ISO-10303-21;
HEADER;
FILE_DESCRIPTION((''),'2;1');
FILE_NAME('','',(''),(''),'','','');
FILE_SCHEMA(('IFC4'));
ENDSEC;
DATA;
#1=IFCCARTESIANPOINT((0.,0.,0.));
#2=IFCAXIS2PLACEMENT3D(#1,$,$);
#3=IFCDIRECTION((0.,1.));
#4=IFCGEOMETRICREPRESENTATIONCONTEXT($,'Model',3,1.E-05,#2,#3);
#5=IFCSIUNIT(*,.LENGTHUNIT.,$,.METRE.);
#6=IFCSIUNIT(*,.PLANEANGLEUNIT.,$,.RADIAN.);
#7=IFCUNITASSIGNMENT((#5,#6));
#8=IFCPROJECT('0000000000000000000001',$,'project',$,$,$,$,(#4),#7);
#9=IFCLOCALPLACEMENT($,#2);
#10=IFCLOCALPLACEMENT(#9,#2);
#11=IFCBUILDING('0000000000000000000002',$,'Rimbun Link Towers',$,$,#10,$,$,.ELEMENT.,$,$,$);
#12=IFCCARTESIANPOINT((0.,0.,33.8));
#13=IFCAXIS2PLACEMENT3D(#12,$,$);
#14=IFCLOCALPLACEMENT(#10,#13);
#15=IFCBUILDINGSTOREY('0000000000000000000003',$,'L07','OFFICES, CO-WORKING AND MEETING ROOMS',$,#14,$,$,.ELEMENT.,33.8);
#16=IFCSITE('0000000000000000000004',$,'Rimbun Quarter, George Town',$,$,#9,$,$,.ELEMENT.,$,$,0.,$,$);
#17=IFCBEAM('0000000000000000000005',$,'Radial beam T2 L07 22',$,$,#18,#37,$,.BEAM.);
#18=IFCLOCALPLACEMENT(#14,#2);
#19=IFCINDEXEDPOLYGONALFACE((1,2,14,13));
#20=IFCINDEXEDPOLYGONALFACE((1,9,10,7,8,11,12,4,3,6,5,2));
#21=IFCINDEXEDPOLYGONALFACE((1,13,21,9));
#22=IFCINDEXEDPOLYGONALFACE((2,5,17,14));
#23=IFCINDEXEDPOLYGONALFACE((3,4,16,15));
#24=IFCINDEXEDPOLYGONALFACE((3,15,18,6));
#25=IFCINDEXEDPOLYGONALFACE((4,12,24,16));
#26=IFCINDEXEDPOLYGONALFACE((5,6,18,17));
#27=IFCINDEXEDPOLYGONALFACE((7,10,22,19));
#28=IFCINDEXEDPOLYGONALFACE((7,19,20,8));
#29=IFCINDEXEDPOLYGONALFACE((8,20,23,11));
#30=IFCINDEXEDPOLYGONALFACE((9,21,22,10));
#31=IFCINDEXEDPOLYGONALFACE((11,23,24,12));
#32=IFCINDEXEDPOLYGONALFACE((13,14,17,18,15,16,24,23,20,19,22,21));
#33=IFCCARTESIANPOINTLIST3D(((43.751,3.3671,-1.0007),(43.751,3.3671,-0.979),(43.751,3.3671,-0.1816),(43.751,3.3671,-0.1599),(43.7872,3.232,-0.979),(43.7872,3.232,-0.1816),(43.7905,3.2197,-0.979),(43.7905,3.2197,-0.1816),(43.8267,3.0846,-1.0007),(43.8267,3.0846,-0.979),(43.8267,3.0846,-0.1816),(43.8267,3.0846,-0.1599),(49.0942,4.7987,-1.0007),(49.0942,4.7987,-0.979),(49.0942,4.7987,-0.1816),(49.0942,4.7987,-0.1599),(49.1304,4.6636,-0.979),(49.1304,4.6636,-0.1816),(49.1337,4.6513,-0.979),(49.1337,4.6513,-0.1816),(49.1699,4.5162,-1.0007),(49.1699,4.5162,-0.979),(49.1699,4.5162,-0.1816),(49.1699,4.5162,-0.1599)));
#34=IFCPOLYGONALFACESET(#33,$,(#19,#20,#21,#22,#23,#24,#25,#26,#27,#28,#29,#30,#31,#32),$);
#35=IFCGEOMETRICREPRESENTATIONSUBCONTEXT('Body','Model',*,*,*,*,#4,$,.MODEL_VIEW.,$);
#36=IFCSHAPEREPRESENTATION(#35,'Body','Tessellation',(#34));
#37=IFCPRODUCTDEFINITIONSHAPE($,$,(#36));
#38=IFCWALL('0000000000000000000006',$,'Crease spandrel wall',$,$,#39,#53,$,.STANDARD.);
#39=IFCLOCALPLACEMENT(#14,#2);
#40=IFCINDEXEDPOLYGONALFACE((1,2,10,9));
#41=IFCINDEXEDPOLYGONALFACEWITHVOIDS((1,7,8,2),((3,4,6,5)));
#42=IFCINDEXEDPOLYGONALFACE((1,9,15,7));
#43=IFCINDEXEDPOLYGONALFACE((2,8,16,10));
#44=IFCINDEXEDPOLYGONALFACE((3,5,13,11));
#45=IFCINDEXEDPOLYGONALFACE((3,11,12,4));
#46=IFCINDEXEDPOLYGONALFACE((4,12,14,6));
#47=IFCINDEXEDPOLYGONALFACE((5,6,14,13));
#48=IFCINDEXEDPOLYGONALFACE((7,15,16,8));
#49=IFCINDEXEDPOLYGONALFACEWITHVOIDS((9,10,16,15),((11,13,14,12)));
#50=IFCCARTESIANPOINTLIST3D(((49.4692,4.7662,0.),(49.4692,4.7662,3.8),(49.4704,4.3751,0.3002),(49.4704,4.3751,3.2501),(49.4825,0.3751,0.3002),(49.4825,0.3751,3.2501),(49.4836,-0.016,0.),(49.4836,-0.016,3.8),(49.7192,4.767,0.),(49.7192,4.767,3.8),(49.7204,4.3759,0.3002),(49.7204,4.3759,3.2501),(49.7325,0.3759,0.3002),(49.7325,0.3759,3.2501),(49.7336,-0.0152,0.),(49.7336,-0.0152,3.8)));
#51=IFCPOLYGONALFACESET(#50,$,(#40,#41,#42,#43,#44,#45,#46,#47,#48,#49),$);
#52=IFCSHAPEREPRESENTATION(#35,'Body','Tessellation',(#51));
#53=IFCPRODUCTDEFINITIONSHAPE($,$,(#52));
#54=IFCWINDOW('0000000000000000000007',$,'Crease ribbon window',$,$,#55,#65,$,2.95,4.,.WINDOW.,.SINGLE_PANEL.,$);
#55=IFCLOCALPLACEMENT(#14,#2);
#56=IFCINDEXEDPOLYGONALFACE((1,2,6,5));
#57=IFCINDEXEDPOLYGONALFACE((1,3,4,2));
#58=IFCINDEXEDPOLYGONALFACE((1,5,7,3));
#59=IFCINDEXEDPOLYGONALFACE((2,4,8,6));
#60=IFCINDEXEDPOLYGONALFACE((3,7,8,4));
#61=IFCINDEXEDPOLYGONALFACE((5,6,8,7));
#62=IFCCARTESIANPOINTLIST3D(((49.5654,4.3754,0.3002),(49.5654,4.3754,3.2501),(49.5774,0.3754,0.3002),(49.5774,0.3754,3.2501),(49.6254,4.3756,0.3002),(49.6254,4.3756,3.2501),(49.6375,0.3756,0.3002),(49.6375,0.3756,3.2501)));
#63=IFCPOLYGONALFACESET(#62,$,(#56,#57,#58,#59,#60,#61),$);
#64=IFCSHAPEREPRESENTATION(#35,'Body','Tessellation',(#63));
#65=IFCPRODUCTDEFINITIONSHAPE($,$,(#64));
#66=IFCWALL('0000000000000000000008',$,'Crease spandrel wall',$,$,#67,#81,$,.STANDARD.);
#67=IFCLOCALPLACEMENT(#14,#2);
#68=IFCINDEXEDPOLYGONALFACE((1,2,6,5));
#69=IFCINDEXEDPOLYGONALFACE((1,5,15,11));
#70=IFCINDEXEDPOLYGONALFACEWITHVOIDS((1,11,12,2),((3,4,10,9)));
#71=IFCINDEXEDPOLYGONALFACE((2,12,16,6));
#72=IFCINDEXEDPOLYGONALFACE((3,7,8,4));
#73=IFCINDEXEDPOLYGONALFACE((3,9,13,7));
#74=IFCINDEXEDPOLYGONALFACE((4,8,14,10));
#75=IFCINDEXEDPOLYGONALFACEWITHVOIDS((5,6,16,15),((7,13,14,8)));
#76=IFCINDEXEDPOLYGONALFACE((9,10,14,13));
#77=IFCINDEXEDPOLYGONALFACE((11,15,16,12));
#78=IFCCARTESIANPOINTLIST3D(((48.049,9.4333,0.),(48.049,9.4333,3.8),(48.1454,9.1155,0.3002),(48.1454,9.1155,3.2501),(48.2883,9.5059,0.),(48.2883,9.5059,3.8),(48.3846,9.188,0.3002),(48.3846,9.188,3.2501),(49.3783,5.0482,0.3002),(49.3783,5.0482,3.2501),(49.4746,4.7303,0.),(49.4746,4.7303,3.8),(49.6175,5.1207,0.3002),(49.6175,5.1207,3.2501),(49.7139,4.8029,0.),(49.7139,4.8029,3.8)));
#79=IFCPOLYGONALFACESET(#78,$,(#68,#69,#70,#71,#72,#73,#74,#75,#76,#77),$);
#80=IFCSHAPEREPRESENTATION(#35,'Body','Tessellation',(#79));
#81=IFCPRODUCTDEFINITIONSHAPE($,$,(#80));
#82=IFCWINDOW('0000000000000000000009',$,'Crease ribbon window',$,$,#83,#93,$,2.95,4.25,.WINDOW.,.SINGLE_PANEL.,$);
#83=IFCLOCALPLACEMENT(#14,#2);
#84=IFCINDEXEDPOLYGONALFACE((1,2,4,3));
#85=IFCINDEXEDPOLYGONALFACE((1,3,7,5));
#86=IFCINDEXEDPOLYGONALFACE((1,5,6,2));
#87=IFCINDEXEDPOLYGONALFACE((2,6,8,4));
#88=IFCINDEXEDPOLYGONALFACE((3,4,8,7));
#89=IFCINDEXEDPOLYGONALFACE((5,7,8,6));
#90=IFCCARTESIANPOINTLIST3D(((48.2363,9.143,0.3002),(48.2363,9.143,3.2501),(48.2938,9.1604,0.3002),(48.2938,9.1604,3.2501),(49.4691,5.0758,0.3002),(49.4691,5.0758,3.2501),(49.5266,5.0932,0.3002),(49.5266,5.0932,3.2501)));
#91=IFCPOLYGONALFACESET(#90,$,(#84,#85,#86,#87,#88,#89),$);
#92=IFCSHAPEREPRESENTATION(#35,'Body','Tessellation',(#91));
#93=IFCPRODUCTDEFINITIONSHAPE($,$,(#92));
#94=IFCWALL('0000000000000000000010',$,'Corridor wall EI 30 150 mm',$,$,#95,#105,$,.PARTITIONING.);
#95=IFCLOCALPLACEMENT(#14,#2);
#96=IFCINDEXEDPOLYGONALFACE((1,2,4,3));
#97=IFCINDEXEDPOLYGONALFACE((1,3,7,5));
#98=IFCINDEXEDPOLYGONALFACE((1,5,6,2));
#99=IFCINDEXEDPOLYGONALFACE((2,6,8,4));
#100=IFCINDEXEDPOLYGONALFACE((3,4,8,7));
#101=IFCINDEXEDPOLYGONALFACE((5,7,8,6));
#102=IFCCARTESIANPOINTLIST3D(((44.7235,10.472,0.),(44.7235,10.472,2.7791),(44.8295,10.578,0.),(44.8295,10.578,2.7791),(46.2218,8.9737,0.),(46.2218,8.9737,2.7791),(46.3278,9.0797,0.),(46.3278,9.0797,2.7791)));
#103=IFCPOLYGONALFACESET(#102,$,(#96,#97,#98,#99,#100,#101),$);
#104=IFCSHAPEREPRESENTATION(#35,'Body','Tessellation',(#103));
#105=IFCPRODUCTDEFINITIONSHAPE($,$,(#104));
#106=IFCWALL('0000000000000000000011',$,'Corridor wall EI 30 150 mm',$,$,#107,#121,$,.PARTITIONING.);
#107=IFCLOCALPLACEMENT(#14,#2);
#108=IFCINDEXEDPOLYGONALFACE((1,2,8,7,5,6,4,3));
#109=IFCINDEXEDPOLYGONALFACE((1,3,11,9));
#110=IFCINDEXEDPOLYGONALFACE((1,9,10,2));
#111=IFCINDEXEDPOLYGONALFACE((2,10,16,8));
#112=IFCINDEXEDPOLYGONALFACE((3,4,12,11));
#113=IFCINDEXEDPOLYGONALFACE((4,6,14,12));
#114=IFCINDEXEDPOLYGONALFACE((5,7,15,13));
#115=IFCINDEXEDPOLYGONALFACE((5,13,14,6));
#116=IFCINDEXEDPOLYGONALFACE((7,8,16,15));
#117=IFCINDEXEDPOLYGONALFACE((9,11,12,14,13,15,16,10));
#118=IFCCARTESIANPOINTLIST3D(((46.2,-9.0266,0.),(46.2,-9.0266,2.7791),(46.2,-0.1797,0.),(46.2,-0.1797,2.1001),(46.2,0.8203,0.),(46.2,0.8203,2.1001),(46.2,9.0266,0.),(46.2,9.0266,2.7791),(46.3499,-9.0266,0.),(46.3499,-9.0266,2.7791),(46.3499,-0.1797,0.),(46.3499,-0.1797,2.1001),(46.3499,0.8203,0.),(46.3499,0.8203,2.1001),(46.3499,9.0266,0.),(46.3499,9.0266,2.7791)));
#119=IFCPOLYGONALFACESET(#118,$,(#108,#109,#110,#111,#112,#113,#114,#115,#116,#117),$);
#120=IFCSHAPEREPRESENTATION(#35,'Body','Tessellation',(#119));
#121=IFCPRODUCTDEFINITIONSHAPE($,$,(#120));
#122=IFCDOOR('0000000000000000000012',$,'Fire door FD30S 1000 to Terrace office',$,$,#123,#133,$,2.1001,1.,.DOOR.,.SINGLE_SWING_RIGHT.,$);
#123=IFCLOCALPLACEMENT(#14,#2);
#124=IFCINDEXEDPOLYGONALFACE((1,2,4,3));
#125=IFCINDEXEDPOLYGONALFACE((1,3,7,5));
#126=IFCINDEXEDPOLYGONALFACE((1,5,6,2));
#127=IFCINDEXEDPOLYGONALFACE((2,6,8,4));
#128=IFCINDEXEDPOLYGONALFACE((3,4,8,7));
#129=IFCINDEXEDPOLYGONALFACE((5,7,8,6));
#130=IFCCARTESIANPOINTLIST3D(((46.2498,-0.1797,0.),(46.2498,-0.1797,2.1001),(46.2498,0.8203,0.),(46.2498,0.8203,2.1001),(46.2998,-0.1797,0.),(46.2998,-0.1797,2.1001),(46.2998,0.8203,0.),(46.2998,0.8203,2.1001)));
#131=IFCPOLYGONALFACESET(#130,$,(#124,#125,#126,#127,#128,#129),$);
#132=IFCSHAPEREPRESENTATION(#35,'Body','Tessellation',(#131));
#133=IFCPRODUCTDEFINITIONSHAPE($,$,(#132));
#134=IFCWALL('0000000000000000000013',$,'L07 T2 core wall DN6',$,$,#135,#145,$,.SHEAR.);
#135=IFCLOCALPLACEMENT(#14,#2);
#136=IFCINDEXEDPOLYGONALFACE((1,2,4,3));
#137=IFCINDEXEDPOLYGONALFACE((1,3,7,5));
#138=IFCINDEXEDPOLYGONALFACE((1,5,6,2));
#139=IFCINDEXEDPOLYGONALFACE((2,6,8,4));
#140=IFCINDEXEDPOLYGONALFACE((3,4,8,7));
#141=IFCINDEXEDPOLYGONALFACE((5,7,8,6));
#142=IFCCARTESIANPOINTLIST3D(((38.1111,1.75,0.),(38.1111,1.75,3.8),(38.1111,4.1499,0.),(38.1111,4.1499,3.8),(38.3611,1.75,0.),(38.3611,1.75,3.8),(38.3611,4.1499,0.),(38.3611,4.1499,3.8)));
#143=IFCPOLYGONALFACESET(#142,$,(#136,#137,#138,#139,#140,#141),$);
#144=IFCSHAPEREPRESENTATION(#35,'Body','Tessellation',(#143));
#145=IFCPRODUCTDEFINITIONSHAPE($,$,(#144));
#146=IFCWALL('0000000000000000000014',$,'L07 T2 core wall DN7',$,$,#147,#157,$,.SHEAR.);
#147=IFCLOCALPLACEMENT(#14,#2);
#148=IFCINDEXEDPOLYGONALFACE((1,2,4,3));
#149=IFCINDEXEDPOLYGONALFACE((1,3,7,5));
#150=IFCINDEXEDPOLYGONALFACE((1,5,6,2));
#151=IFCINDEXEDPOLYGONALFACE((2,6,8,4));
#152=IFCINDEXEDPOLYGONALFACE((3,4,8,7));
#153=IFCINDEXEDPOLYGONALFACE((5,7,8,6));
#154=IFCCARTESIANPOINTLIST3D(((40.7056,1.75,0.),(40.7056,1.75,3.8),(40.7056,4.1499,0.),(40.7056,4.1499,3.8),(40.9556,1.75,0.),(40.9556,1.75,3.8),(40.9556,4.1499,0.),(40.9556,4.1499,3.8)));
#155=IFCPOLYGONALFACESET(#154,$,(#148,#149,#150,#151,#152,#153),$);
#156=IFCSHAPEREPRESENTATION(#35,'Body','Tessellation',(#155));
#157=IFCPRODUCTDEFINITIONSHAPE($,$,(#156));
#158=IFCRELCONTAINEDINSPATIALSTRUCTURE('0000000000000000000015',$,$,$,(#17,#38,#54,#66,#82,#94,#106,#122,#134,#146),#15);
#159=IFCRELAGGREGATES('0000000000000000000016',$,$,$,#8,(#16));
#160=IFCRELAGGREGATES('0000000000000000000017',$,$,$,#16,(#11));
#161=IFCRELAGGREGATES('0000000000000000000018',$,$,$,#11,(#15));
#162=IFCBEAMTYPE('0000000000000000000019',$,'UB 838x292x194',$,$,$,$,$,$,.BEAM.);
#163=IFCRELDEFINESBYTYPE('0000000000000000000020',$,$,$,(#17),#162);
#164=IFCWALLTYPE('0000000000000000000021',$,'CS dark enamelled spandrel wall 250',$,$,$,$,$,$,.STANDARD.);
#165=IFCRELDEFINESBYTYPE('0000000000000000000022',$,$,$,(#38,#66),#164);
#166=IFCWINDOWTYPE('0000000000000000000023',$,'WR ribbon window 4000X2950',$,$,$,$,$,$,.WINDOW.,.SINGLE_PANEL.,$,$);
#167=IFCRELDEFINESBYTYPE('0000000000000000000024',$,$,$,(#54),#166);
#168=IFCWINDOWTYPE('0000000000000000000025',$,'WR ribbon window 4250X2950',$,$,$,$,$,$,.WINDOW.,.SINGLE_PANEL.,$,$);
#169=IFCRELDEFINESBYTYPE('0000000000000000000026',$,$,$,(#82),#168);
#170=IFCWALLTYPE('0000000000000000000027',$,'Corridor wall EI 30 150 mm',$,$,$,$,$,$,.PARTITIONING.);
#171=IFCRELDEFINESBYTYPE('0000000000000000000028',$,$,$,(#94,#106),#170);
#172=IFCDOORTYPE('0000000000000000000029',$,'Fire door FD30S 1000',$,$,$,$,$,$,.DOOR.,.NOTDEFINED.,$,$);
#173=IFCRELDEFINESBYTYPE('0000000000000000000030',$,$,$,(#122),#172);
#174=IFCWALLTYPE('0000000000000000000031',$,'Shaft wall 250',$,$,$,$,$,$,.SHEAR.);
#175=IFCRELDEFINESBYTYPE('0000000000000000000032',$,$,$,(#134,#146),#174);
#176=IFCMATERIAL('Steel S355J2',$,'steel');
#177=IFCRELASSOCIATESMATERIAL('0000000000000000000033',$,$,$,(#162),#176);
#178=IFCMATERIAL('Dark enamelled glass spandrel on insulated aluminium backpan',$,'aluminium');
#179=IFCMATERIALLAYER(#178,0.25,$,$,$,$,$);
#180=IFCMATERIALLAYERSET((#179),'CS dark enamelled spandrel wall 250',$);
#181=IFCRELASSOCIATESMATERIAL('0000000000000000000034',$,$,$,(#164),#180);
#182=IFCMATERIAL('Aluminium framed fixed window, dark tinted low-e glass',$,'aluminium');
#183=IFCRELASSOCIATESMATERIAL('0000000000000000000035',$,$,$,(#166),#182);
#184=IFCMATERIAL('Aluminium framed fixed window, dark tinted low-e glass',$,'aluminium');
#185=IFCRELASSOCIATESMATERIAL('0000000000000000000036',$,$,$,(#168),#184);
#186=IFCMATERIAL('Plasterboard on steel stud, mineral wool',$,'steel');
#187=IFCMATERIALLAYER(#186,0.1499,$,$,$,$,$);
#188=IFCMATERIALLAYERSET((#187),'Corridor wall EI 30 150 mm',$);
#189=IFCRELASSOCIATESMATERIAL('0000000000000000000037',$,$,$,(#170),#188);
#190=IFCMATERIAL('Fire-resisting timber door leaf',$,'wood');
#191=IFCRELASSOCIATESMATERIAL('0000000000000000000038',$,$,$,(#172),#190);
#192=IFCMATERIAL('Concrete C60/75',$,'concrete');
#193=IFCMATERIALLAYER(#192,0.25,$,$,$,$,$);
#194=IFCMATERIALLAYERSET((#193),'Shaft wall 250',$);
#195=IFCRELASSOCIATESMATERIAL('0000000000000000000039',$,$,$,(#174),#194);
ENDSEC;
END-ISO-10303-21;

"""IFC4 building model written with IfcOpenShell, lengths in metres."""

from ifc_helpers import new_model, si_unit, direction, frame, frame_2d, origin, origin_2d, place, context, subcontext, project, spatial, rectangle, i_section, extrude, material, layer, layer_set, material_profile, profile_set, type_object, element, fill, save


model = new_model("IFC4")

# Units and contexts
model_context = context("Model", 3, precision=1e-05, world=origin(), true_north=direction((0.0, 1.0)))
body_context = subcontext(model_context, "Body", "Model", "MODEL_VIEW")
ifc_project = project(units=[si_unit("LENGTHUNIT", "METRE"), si_unit("PLANEANGLEUNIT", "RADIAN")], contexts=[model_context])

# Site, building, storey
site_placement = place(None, origin())
site = spatial("IfcSite", under=ifc_project, at=site_placement, Name="Rimbun Quarter, George Town", CompositionType="ELEMENT", RefElevation=0.0)
building_placement = place(site_placement, origin())
building = spatial("IfcBuilding", under=site, at=building_placement, Name="Rimbun Link Towers", CompositionType="ELEMENT")
storey_placement = place(building_placement, frame((0.0, 0.0, 33.8)))
storey = spatial("IfcBuildingStorey", under=building, at=storey_placement, Name="L07", Description="OFFICES, CO-WORKING AND MEETING ROOMS", CompositionType="ELEMENT", Elevation=33.8)

# Beam
ifc_material_1 = material(Name="Steel S355J2", Category="steel")
ifc_material_profile_1 = material_profile(ifc_material_1, i_section(OverallWidth=0.2925, OverallDepth=0.8408, WebThickness=0.0127, FlangeThickness=0.0217, at=origin_2d()), Name="UB 838x292x194")
ifc_profile_set_1 = profile_set([ifc_material_profile_1], Name="Steel S355J2")
beam_type_1 = type_object("IfcBeamType", Name="UB 838x292x194", PredefinedType="BEAM", material=ifc_profile_set_1)
beam_1_placement = place(storey_placement, frame((43.7888, 3.2258, -0.5803), z_axis=(0.96593, 0.258805, 0.0), x_axis=(-0.258805, 0.96593, 0.0)))
element("IfcBeam", 1, at=beam_1_placement, inside=storey, type_object=beam_type_1, Name="Radial beam T2 L07 22", PredefinedType="BEAM", context=body_context, shape_type="SweptSolid", body=[
    extrude(i_section(OverallWidth=0.2925, OverallDepth=0.8408, WebThickness=0.0127, FlangeThickness=0.0217, at=origin_2d()), origin(), (0.0, 0.0, 1.0), 5.5317),
])

# Walls, openings, windows
ifc_material_2 = material(Name="Dark enamelled glass spandrel on insulated aluminium backpan", Category="aluminium")
ifc_layer_1 = layer(ifc_material_2, 0.25)
ifc_layer_set_1 = layer_set([ifc_layer_1], Name="CS dark enamelled spandrel wall 250")
wall_type_1 = type_object("IfcWallType", Name="CS dark enamelled spandrel wall 250", PredefinedType="STANDARD", material=ifc_layer_set_1)
wall_1_placement = place(storey_placement, frame((49.5942, 4.7666, 0.0), z_axis=(0.0, 0.0, 1.0), x_axis=(0.003012, -0.999995, 0.0)))
wall_1 = element("IfcWall", 2, at=wall_1_placement, inside=storey, type_object=wall_type_1, Name="Crease spandrel wall", PredefinedType="STANDARD", context=body_context, shape_type="SweptSolid", body=[
    extrude(rectangle(XDim=4.7822, YDim=0.25, at=frame_2d((2.3911, 0.0))), origin(), (0.0, 0.0, 1.0), 3.8),
])
opening_1_placement = place(wall_1_placement, frame((0.3911, 0.0, 0.3)))
opening_1 = element("IfcOpeningElement", 3, at=opening_1_placement, cuts=wall_1, PredefinedType="OPENING", context=body_context, shape_type="SweptSolid", body=[
    extrude(rectangle(XDim=4.0, YDim=2.95, at=frame_2d((2.0, 1.4751))), frame((0.0, 0.135, 0.0), z_axis=(0.0, -1.0, 0.0), x_axis=(1.0, 0.0, 0.0)), (0.0, 0.0, 1.0), 0.27),
])
ifc_material_3 = material(Name="Aluminium framed fixed window, dark tinted low-e glass", Category="aluminium")
window_type_1 = type_object("IfcWindowType", Name="WR ribbon window 4000X2950", PartitioningType="SINGLE_PANEL", PredefinedType="WINDOW", material=ifc_material_3)
window_1_placement = place(opening_1_placement, origin())
window_1 = element("IfcWindow", 4, at=window_1_placement, inside=storey, type_object=window_type_1, Name="Crease ribbon window", OverallHeight=2.95, OverallWidth=4.0, PartitioningType="SINGLE_PANEL", PredefinedType="WINDOW", context=body_context, shape_type="SweptSolid", body=[
    extrude(rectangle(XDim=4.0, YDim=2.95, at=frame_2d((2.0, 1.4751))), frame((0.0, 0.03, 0.0), z_axis=(0.0, -1.0, 0.0), x_axis=(1.0, 0.0, 0.0)), (0.0, 0.0, 1.0), 0.0601),
])
fill(opening_1, window_1)
wall_2_placement = place(storey_placement, frame((48.1687, 9.4695, 0.0), z_axis=(0.0, 0.0, 1.0), x_axis=(0.290086, -0.957001, 0.0)))
wall_2 = element("IfcWall", 5, at=wall_2_placement, inside=storey, type_object=wall_type_1, Name="Crease spandrel wall", PredefinedType="STANDARD", context=body_context, shape_type="SweptSolid", body=[
    extrude(rectangle(XDim=4.9143, YDim=0.25, at=frame_2d((2.457, 0.0))), origin(), (0.0, 0.0, 1.0), 3.8),
])
opening_2_placement = place(wall_2_placement, frame((0.332, 0.0, 0.3)))
opening_2 = element("IfcOpeningElement", 6, at=opening_2_placement, cuts=wall_2, PredefinedType="OPENING", context=body_context, shape_type="SweptSolid", body=[
    extrude(rectangle(XDim=4.25, YDim=2.95, at=frame_2d((2.125, 1.4751))), frame((0.0, 0.135, 0.0), z_axis=(0.0, -1.0, 0.0), x_axis=(1.0, 0.0, 0.0)), (0.0, 0.0, 1.0), 0.27),
])
ifc_material_4 = material(Name="Aluminium framed fixed window, dark tinted low-e glass", Category="aluminium")
window_type_2 = type_object("IfcWindowType", Name="WR ribbon window 4250X2950", PartitioningType="SINGLE_PANEL", PredefinedType="WINDOW", material=ifc_material_4)
window_2_placement = place(opening_2_placement, origin())
window_2 = element("IfcWindow", 7, at=window_2_placement, inside=storey, type_object=window_type_2, Name="Crease ribbon window", OverallHeight=2.95, OverallWidth=4.25, PartitioningType="SINGLE_PANEL", PredefinedType="WINDOW", context=body_context, shape_type="SweptSolid", body=[
    extrude(rectangle(XDim=4.25, YDim=2.95, at=frame_2d((2.125, 1.4751))), frame((0.0, 0.03, 0.0), z_axis=(0.0, -1.0, 0.0), x_axis=(1.0, 0.0, 0.0)), (0.0, 0.0, 1.0), 0.0601),
])
fill(opening_2, window_2)

# Wall
ifc_material_5 = material(Name="Plasterboard on steel stud, mineral wool", Category="steel")
ifc_layer_2 = layer(ifc_material_5, 0.1499)
ifc_layer_set_2 = layer_set([ifc_layer_2], Name="Corridor wall EI 30 150 mm")
wall_type_2 = type_object("IfcWallType", Name="Corridor wall EI 30 150 mm", PredefinedType="PARTITIONING", material=ifc_layer_set_2)
wall_3_placement = place(storey_placement, frame((46.2749, 9.0266, 0.0), z_axis=(0.0, 0.0, 1.0), x_axis=(-0.707107, 0.707107, 0.0)))
element("IfcWall", 8, at=wall_3_placement, inside=storey, type_object=wall_type_2, Name="Corridor wall EI 30 150 mm", PredefinedType="PARTITIONING", context=body_context, shape_type="SweptSolid", body=[
    extrude(rectangle(XDim=2.1189, YDim=0.1499, at=frame_2d((1.0596, 0.0))), origin(), (0.0, 0.0, 1.0), 2.7791),
])

# Wall, opening, door
wall_4_placement = place(storey_placement, frame((46.2749, 9.0266, 0.0), z_axis=(0.0, 0.0, 1.0), x_axis=(0.0, -1.0, 0.0)))
wall_4 = element("IfcWall", 9, at=wall_4_placement, inside=storey, type_object=wall_type_2, Name="Corridor wall EI 30 150 mm", PredefinedType="PARTITIONING", context=body_context, shape_type="SweptSolid", body=[
    extrude(rectangle(XDim=18.0532, YDim=0.1499, at=frame_2d((9.0266, 0.0))), origin(), (0.0, 0.0, 1.0), 2.7791),
])
opening_3_placement = place(wall_4_placement, frame((8.2063, 0.0, 0.0)))
opening_3 = element("IfcOpeningElement", 10, at=opening_3_placement, cuts=wall_4, PredefinedType="OPENING", context=body_context, shape_type="SweptSolid", body=[
    extrude(rectangle(XDim=1.0, YDim=2.1001, at=frame_2d((0.5, 1.05))), frame((0.0, 0.085, 0.0), z_axis=(0.0, -1.0, 0.0), x_axis=(1.0, 0.0, 0.0)), (0.0, 0.0, 1.0), 0.1699),
])
ifc_material_6 = material(Name="Fire-resisting timber door leaf", Category="wood")
door_type_1 = type_object("IfcDoorType", Name="Fire door FD30S 1000", OperationType="NOTDEFINED", PredefinedType="DOOR", material=ifc_material_6)
door_1_placement = place(opening_3_placement, origin())
door_1 = element("IfcDoor", 11, at=door_1_placement, inside=storey, type_object=door_type_1, Name="Fire door FD30S 1000 to Terrace office", OperationType="SINGLE_SWING_RIGHT", OverallHeight=2.1001, OverallWidth=1.0, PredefinedType="DOOR", context=body_context, shape_type="SweptSolid", body=[
    extrude(rectangle(XDim=1.0, YDim=2.1001, at=frame_2d((0.5, 1.05))), frame((0.0, 0.0249, 0.0), z_axis=(0.0, -1.0, 0.0), x_axis=(1.0, 0.0, 0.0)), (0.0, 0.0, 1.0), 0.05),
])
fill(opening_3, door_1)

# Walls
ifc_material_7 = material(Name="Concrete C60/75", Category="concrete")
ifc_layer_3 = layer(ifc_material_7, 0.25)
ifc_layer_set_3 = layer_set([ifc_layer_3], Name="Shaft wall 250")
wall_type_3 = type_object("IfcWallType", Name="Shaft wall 250", PredefinedType="SHEAR", material=ifc_layer_set_3)
for number, where, z_axis, x_axis, name in (
    (12, (38.2361, 1.75, 0.0), (0.0, 0.0, 1.0), (0.0, 1.0, 0.0), "L07 T2 core wall DN6"),
    (13, (40.8306, 1.75, 0.0), (0.0, 0.0, 1.0), (0.0, 1.0, 0.0), "L07 T2 core wall DN7"),
):
    element("IfcWall", number, at=place(storey_placement, frame(where, z_axis=z_axis, x_axis=x_axis)), inside=storey, type_object=wall_type_3, Name=name, PredefinedType="SHEAR", context=body_context, shape_type="SweptSolid", body=[
        extrude(rectangle(XDim=2.3999, YDim=0.25, at=frame_2d((1.2, 0.0))), origin(), (0.0, 0.0, 1.0), 3.8),
    ])

save(model, "model.ifc")
